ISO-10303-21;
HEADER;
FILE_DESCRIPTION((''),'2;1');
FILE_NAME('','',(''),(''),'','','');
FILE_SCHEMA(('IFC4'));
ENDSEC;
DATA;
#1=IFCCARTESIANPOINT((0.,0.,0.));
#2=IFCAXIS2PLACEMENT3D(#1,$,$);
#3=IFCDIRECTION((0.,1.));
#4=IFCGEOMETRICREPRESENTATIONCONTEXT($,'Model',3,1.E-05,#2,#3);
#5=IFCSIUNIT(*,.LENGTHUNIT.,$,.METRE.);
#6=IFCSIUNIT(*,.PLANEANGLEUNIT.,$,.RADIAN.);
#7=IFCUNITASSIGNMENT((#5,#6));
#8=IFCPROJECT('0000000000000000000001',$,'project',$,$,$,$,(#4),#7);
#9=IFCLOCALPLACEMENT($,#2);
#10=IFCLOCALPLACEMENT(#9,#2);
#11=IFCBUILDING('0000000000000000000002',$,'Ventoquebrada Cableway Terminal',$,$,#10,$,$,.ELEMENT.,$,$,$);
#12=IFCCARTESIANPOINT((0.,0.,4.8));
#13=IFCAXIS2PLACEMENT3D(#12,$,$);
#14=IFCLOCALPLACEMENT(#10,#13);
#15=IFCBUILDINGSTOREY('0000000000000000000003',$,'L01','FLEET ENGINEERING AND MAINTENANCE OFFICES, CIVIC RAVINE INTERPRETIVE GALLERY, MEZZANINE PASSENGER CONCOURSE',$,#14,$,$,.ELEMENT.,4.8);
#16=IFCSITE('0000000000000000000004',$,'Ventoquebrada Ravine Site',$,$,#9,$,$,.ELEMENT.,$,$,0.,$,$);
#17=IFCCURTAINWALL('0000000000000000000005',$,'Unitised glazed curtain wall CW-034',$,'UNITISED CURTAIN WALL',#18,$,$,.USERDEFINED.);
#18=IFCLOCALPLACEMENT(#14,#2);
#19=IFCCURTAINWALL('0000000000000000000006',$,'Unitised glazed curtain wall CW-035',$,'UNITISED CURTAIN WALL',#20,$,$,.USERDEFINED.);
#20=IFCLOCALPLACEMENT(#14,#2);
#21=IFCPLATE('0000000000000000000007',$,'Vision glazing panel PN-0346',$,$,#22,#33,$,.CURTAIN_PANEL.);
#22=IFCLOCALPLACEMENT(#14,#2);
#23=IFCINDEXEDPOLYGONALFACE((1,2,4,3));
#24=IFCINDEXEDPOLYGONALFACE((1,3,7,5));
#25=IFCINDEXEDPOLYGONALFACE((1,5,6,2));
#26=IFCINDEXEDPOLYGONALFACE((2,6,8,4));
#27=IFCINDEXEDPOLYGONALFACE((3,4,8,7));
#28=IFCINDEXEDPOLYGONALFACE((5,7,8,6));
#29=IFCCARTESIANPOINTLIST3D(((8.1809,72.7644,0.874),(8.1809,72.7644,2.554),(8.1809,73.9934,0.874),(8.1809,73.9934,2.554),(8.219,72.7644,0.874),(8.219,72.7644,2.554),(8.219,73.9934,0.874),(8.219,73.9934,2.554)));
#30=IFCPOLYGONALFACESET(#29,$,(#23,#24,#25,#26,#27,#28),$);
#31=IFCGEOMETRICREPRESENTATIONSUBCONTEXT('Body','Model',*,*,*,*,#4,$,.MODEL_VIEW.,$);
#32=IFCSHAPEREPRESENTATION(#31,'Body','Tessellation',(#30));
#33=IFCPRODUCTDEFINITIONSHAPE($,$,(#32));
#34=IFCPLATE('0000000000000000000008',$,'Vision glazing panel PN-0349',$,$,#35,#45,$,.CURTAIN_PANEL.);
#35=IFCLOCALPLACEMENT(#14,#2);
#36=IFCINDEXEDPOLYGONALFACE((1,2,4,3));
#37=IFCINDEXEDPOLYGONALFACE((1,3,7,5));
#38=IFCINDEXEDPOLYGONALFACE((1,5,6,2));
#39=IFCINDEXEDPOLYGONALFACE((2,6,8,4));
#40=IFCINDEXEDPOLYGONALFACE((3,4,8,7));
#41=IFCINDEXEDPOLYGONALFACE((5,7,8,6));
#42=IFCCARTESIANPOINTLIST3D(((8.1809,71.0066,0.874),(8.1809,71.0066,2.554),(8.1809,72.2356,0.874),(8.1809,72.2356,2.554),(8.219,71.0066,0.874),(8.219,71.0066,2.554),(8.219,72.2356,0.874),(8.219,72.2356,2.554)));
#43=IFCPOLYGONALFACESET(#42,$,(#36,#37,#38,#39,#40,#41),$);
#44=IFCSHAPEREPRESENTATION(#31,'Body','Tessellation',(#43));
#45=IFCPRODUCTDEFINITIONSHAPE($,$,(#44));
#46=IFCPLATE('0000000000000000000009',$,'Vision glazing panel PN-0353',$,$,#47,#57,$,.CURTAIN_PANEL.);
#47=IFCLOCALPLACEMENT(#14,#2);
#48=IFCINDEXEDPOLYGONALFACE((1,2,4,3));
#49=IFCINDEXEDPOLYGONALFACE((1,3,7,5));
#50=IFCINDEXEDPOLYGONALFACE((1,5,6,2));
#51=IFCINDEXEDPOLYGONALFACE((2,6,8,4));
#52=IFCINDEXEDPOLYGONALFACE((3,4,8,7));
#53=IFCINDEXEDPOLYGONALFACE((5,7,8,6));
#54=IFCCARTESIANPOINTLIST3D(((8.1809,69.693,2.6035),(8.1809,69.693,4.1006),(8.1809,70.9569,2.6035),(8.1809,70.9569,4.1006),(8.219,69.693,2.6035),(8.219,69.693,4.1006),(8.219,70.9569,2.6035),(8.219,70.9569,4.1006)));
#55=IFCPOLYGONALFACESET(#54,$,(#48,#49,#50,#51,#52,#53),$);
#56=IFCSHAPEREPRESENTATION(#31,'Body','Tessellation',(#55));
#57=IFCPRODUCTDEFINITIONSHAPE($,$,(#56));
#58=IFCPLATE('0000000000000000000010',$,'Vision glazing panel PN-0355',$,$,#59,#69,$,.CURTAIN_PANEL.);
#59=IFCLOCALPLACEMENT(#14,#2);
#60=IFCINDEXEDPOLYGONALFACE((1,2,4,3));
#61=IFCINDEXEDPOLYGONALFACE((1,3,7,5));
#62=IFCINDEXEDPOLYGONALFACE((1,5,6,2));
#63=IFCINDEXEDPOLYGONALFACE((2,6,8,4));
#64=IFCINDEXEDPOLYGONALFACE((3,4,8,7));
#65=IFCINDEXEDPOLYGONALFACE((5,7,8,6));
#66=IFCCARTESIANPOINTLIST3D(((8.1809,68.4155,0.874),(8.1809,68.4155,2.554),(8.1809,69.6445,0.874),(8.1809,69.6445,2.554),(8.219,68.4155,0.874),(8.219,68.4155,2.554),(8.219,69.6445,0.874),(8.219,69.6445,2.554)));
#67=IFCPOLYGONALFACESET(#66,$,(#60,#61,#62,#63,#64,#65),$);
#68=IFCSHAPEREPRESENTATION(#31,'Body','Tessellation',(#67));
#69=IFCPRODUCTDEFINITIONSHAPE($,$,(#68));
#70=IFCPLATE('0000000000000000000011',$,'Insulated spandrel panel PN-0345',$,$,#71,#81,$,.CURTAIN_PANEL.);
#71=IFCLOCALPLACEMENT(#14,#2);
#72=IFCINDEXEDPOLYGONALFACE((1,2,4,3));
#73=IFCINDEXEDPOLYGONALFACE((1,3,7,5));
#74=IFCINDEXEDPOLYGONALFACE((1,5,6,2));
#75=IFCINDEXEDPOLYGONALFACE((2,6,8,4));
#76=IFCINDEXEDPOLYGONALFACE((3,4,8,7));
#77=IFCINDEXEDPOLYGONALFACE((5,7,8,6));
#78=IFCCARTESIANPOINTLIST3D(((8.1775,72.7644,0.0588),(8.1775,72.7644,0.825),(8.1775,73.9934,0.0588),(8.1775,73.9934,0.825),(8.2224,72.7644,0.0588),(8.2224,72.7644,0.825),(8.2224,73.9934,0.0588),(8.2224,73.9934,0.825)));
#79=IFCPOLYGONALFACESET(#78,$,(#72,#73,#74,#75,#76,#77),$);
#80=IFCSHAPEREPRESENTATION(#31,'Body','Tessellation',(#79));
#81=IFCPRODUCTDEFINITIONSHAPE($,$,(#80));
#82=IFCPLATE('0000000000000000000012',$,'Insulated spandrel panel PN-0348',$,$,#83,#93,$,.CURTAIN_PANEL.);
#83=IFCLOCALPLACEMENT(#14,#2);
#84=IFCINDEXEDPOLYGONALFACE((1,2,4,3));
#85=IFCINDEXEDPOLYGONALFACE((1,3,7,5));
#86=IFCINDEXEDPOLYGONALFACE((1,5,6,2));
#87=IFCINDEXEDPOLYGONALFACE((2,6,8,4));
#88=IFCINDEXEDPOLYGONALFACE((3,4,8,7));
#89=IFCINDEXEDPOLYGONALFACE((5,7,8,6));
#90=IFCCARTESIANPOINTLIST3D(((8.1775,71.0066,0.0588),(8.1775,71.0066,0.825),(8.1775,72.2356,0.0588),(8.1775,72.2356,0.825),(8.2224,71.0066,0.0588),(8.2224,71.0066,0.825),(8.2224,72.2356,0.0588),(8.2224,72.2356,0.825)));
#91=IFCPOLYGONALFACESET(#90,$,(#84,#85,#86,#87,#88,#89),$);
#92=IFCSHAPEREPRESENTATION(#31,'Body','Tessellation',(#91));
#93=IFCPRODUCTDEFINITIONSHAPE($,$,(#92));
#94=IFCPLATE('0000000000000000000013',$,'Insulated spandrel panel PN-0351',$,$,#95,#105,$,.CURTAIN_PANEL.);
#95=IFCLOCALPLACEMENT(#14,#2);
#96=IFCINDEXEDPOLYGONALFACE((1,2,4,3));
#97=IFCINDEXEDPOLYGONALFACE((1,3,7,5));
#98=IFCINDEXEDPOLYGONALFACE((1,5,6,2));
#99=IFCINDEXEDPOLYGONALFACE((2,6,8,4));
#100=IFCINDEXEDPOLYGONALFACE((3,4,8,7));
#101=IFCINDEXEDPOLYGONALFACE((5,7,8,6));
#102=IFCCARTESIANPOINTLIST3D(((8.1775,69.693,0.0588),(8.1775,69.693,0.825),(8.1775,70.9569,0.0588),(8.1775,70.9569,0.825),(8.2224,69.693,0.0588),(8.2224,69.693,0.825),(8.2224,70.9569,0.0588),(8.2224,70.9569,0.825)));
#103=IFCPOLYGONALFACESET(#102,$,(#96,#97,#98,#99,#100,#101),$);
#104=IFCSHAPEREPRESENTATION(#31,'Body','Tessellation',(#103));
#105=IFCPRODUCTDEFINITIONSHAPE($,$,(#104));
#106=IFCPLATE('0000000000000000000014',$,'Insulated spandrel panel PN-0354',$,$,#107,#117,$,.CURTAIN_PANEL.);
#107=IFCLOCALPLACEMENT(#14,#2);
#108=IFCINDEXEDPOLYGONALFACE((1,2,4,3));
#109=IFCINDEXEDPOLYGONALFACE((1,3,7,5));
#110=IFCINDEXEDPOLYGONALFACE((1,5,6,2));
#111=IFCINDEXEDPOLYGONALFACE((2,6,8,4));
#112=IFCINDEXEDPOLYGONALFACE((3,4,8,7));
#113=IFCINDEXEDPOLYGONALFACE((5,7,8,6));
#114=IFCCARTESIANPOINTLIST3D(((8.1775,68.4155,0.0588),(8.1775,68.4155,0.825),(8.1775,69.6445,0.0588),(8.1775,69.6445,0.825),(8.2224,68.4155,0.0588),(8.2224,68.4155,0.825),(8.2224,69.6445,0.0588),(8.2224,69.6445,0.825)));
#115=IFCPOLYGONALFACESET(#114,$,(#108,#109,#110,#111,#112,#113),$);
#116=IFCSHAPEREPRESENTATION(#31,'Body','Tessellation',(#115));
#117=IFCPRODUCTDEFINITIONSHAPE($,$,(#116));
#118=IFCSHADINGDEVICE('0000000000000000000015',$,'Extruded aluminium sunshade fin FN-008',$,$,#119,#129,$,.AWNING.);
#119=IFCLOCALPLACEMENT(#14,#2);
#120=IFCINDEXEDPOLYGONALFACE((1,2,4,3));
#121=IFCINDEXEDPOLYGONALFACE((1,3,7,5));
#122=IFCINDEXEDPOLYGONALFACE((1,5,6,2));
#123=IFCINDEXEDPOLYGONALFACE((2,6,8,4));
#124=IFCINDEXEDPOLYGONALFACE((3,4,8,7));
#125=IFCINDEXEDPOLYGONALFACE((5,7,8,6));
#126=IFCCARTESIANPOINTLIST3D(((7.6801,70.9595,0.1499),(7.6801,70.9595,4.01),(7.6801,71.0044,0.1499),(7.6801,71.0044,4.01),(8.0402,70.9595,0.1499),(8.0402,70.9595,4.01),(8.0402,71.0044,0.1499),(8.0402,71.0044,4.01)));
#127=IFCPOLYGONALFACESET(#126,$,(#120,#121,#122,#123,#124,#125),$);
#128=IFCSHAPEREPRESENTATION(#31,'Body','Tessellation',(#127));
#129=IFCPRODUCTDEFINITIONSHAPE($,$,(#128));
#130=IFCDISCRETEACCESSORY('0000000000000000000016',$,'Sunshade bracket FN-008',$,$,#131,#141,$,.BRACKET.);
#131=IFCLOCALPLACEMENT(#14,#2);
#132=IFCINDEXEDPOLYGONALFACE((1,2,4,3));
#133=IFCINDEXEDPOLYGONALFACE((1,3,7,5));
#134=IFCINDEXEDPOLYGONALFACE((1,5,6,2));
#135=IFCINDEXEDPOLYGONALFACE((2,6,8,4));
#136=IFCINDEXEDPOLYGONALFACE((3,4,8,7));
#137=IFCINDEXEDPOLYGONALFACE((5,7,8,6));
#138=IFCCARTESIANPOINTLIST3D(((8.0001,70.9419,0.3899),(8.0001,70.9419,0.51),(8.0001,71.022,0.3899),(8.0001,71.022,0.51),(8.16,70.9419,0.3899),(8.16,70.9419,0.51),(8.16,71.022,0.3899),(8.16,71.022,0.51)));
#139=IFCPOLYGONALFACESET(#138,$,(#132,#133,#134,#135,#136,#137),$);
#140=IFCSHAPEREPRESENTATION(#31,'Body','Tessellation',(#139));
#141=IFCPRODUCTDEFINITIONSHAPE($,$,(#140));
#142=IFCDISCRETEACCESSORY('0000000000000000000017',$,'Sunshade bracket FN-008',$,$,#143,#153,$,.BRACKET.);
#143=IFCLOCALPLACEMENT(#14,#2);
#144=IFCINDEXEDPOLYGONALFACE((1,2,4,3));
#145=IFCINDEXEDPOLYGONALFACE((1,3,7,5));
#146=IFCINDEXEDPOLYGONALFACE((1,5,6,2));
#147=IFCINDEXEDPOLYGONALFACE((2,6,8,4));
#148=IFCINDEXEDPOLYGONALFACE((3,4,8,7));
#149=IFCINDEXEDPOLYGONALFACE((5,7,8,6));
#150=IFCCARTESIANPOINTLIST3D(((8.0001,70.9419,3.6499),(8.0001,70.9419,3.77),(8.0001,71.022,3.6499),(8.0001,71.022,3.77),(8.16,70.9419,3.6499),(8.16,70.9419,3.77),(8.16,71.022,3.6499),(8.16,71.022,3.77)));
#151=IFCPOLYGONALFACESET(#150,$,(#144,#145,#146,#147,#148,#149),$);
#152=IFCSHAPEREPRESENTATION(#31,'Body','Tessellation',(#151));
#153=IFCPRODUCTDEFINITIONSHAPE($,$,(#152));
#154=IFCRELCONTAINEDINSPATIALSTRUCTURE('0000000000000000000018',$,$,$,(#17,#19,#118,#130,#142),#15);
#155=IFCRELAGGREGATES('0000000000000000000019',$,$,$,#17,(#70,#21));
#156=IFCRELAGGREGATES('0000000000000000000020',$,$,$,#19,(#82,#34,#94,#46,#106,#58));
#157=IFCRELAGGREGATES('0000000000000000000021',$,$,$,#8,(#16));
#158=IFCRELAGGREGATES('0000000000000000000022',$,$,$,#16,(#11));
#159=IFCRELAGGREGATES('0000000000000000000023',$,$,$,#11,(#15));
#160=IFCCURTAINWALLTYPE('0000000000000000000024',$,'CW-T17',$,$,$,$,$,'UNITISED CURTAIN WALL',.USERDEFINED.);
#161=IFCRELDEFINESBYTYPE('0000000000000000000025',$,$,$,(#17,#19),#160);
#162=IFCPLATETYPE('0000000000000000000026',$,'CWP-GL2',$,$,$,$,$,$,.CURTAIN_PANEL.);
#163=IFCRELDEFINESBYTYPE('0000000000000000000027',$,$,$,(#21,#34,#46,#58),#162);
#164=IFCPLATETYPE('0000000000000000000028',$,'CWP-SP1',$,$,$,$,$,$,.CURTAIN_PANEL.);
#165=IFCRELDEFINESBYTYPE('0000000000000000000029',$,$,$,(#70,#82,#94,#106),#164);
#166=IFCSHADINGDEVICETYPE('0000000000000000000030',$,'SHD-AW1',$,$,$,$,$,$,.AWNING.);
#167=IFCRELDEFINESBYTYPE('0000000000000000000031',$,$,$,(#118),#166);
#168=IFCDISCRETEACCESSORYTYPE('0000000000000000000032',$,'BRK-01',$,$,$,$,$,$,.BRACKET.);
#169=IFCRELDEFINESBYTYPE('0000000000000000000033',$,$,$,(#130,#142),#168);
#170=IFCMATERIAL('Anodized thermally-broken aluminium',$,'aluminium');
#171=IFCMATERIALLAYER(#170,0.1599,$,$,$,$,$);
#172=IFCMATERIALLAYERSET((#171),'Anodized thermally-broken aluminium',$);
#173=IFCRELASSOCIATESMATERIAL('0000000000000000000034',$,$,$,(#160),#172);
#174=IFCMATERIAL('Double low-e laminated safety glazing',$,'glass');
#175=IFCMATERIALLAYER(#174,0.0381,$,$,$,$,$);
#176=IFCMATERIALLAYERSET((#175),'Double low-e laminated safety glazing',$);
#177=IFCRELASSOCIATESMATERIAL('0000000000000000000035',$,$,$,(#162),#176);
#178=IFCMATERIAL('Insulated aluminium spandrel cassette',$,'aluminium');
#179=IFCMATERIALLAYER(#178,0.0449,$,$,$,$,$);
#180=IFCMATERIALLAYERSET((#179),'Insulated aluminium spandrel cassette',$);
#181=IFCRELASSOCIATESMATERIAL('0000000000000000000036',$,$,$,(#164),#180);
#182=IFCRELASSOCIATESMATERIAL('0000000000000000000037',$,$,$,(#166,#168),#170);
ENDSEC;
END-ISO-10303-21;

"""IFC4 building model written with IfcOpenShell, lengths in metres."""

from ifc_helpers import new_model, si_unit, direction, frame, origin, origin_2d, place, context, subcontext, project, spatial, rectangle, extrude, material, layer, layer_set, type_object, element, aggregate, save


model = new_model("IFC4")

# Units and contexts
model_context = context("Model", 3, precision=1e-05, world=origin(), true_north=direction((0.0, 1.0)))
body_context = subcontext(model_context, "Body", "Model", "MODEL_VIEW")
ifc_project = project(units=[si_unit("LENGTHUNIT", "METRE"), si_unit("PLANEANGLEUNIT", "RADIAN")], contexts=[model_context])

# Site, building, storey
site_placement = place(None, origin())
site = spatial("IfcSite", under=ifc_project, at=site_placement, Name="Ventoquebrada Ravine Site", CompositionType="ELEMENT", RefElevation=0.0)
building_placement = place(site_placement, origin())
building = spatial("IfcBuilding", under=site, at=building_placement, Name="Ventoquebrada Cableway Terminal", CompositionType="ELEMENT")
storey_placement = place(building_placement, frame((0.0, 0.0, 4.8)))
storey = spatial("IfcBuildingStorey", under=building, at=storey_placement, Name="L01", Description="FLEET ENGINEERING AND MAINTENANCE OFFICES, CIVIC RAVINE INTERPRETIVE GALLERY, MEZZANINE PASSENGER CONCOURSE", CompositionType="ELEMENT", Elevation=4.8)

# Curtain wall
ifc_material_1 = material(Name="Anodized thermally-broken aluminium", Category="aluminium")
ifc_layer_1 = layer(ifc_material_1, 0.1599)
ifc_layer_set_1 = layer_set([ifc_layer_1], Name="Anodized thermally-broken aluminium")
curtain_wall_type = type_object("IfcCurtainWallType", Name="CW-T17", ElementType="UNITISED CURTAIN WALL", PredefinedType="USERDEFINED", material=ifc_layer_set_1)
curtain_wall_1_placement = place(storey_placement, origin())
curtain_wall_1 = element("IfcCurtainWall", 1, at=curtain_wall_1_placement, inside=storey, type_object=curtain_wall_type, Name="Unitised glazed curtain wall CW-034", ObjectType="UNITISED CURTAIN WALL", PredefinedType="USERDEFINED")

# Curtain wall
curtain_wall_2_placement = place(storey_placement, origin())
curtain_wall_2 = element("IfcCurtainWall", 2, at=curtain_wall_2_placement, inside=storey, type_object=curtain_wall_type, Name="Unitised glazed curtain wall CW-035", ObjectType="UNITISED CURTAIN WALL", PredefinedType="USERDEFINED")

# Plates
ifc_material_2 = material(Name="Double low-e laminated safety glazing", Category="glass")
ifc_layer_2 = layer(ifc_material_2, 0.0381)
ifc_layer_set_2 = layer_set([ifc_layer_2], Name="Double low-e laminated safety glazing")
plate_type_1 = type_object("IfcPlateType", Name="CWP-GL2", PredefinedType="CURTAIN_PANEL", material=ifc_layer_set_2)
plate_1_placement = place(storey_placement, frame((8.2, 73.3789, 0.874), z_axis=(0.0, 0.0, 1.0), x_axis=(0.0, -1.0, 0.0)))
plate_1 = element("IfcPlate", 3, at=plate_1_placement, type_object=plate_type_1, Name="Vision glazing panel PN-0346", PredefinedType="CURTAIN_PANEL", context=body_context, shape_type="SweptSolid", body=[
    extrude(rectangle(XDim=1.229, YDim=0.0381, at=origin_2d()), origin(), (0.0, 0.0, 1.0), 1.6799),
])
plate_2_placement = place(storey_placement, frame((8.2, 71.6211, 0.874), z_axis=(0.0, 0.0, 1.0), x_axis=(0.0, -1.0, 0.0)))
plate_2 = element("IfcPlate", 4, at=plate_2_placement, type_object=plate_type_1, Name="Vision glazing panel PN-0349", PredefinedType="CURTAIN_PANEL", context=body_context, shape_type="SweptSolid", body=[
    extrude(rectangle(XDim=1.229, YDim=0.0381, at=origin_2d()), origin(), (0.0, 0.0, 1.0), 1.6799),
])
plate_3_placement = place(storey_placement, frame((8.2, 70.325, 2.6035), z_axis=(0.0, 0.0, 1.0), x_axis=(0.0, -1.0, 0.0)))
plate_3 = element("IfcPlate", 5, at=plate_3_placement, type_object=plate_type_1, Name="Vision glazing panel PN-0353", PredefinedType="CURTAIN_PANEL", context=body_context, shape_type="SweptSolid", body=[
    extrude(rectangle(XDim=1.2639, YDim=0.0381, at=origin_2d()), origin(), (0.0, 0.0, 1.0), 1.4971),
])
plate_4_placement = place(storey_placement, frame((8.2, 69.03, 0.874), z_axis=(0.0, 0.0, 1.0), x_axis=(0.0, -1.0, 0.0)))
plate_4 = element("IfcPlate", 6, at=plate_4_placement, type_object=plate_type_1, Name="Vision glazing panel PN-0355", PredefinedType="CURTAIN_PANEL", context=body_context, shape_type="SweptSolid", body=[
    extrude(rectangle(XDim=1.229, YDim=0.0381, at=origin_2d()), origin(), (0.0, 0.0, 1.0), 1.6799),
])
ifc_material_3 = material(Name="Insulated aluminium spandrel cassette", Category="aluminium")
ifc_layer_3 = layer(ifc_material_3, 0.0449)
ifc_layer_set_3 = layer_set([ifc_layer_3], Name="Insulated aluminium spandrel cassette")
plate_type_2 = type_object("IfcPlateType", Name="CWP-SP1", PredefinedType="CURTAIN_PANEL", material=ifc_layer_set_3)
plate_5_placement = place(storey_placement, frame((8.2, 73.3789, 0.0588), z_axis=(0.0, 0.0, 1.0), x_axis=(0.0, -1.0, 0.0)))
plate_5 = element("IfcPlate", 7, at=plate_5_placement, type_object=plate_type_2, Name="Insulated spandrel panel PN-0345", PredefinedType="CURTAIN_PANEL", context=body_context, shape_type="SweptSolid", body=[
    extrude(rectangle(XDim=1.229, YDim=0.0449, at=origin_2d()), origin(), (0.0, 0.0, 1.0), 0.7661),
])
aggregate(curtain_wall_1, [plate_5, plate_1])
plate_6_placement = place(storey_placement, frame((8.2, 71.6211, 0.0588), z_axis=(0.0, 0.0, 1.0), x_axis=(0.0, -1.0, 0.0)))
plate_6 = element("IfcPlate", 8, at=plate_6_placement, type_object=plate_type_2, Name="Insulated spandrel panel PN-0348", PredefinedType="CURTAIN_PANEL", context=body_context, shape_type="SweptSolid", body=[
    extrude(rectangle(XDim=1.229, YDim=0.0449, at=origin_2d()), origin(), (0.0, 0.0, 1.0), 0.7661),
])
plate_7_placement = place(storey_placement, frame((8.2, 70.325, 0.0588), z_axis=(0.0, 0.0, 1.0), x_axis=(0.0, -1.0, 0.0)))
plate_7 = element("IfcPlate", 9, at=plate_7_placement, type_object=plate_type_2, Name="Insulated spandrel panel PN-0351", PredefinedType="CURTAIN_PANEL", context=body_context, shape_type="SweptSolid", body=[
    extrude(rectangle(XDim=1.2639, YDim=0.0449, at=origin_2d()), origin(), (0.0, 0.0, 1.0), 0.7661),
])
plate_8_placement = place(storey_placement, frame((8.2, 69.03, 0.0588), z_axis=(0.0, 0.0, 1.0), x_axis=(0.0, -1.0, 0.0)))
plate_8 = element("IfcPlate", 10, at=plate_8_placement, type_object=plate_type_2, Name="Insulated spandrel panel PN-0354", PredefinedType="CURTAIN_PANEL", context=body_context, shape_type="SweptSolid", body=[
    extrude(rectangle(XDim=1.229, YDim=0.0449, at=origin_2d()), origin(), (0.0, 0.0, 1.0), 0.7661),
])
aggregate(curtain_wall_2, [plate_6, plate_2, plate_7, plate_3, plate_8, plate_4])

# Shading device
shading_device_type = type_object("IfcShadingDeviceType", Name="SHD-AW1", PredefinedType="AWNING", material=ifc_material_1)
shading_device_placement = place(storey_placement, frame((7.8601, 70.9819, 0.1499), z_axis=(0.0, 0.0, 1.0), x_axis=(0.0, -1.0, 0.0)))
element("IfcShadingDevice", 11, at=shading_device_placement, inside=storey, type_object=shading_device_type, Name="Extruded aluminium sunshade fin FN-008", PredefinedType="AWNING", context=body_context, shape_type="SweptSolid", body=[
    extrude(rectangle(XDim=0.0449, YDim=0.3601, at=origin_2d()), origin(), (0.0, 0.0, 1.0), 3.8601),
])

# Discrete accessories
discrete_accessory_type = type_object("IfcDiscreteAccessoryType", Name="BRK-01", PredefinedType="BRACKET", material=ifc_material_1)
for number, where, z_axis, x_axis, name in (
    (12, (8.0801, 70.9819, 0.3899), (0.0, 0.0, 1.0), (0.0, -1.0, 0.0), "Sunshade bracket FN-008"),
    (13, (8.0801, 70.9819, 3.6499), (0.0, 0.0, 1.0), (0.0, -1.0, 0.0), "Sunshade bracket FN-008"),
):
    element("IfcDiscreteAccessory", number, at=place(storey_placement, frame(where, z_axis=z_axis, x_axis=x_axis)), inside=storey, type_object=discrete_accessory_type, Name=name, PredefinedType="BRACKET", context=body_context, shape_type="SweptSolid", body=[
        extrude(rectangle(XDim=0.0801, YDim=0.1599, at=origin_2d()), origin(), (0.0, 0.0, 1.0), 0.1201),
    ])

save(model, "model.ifc")
